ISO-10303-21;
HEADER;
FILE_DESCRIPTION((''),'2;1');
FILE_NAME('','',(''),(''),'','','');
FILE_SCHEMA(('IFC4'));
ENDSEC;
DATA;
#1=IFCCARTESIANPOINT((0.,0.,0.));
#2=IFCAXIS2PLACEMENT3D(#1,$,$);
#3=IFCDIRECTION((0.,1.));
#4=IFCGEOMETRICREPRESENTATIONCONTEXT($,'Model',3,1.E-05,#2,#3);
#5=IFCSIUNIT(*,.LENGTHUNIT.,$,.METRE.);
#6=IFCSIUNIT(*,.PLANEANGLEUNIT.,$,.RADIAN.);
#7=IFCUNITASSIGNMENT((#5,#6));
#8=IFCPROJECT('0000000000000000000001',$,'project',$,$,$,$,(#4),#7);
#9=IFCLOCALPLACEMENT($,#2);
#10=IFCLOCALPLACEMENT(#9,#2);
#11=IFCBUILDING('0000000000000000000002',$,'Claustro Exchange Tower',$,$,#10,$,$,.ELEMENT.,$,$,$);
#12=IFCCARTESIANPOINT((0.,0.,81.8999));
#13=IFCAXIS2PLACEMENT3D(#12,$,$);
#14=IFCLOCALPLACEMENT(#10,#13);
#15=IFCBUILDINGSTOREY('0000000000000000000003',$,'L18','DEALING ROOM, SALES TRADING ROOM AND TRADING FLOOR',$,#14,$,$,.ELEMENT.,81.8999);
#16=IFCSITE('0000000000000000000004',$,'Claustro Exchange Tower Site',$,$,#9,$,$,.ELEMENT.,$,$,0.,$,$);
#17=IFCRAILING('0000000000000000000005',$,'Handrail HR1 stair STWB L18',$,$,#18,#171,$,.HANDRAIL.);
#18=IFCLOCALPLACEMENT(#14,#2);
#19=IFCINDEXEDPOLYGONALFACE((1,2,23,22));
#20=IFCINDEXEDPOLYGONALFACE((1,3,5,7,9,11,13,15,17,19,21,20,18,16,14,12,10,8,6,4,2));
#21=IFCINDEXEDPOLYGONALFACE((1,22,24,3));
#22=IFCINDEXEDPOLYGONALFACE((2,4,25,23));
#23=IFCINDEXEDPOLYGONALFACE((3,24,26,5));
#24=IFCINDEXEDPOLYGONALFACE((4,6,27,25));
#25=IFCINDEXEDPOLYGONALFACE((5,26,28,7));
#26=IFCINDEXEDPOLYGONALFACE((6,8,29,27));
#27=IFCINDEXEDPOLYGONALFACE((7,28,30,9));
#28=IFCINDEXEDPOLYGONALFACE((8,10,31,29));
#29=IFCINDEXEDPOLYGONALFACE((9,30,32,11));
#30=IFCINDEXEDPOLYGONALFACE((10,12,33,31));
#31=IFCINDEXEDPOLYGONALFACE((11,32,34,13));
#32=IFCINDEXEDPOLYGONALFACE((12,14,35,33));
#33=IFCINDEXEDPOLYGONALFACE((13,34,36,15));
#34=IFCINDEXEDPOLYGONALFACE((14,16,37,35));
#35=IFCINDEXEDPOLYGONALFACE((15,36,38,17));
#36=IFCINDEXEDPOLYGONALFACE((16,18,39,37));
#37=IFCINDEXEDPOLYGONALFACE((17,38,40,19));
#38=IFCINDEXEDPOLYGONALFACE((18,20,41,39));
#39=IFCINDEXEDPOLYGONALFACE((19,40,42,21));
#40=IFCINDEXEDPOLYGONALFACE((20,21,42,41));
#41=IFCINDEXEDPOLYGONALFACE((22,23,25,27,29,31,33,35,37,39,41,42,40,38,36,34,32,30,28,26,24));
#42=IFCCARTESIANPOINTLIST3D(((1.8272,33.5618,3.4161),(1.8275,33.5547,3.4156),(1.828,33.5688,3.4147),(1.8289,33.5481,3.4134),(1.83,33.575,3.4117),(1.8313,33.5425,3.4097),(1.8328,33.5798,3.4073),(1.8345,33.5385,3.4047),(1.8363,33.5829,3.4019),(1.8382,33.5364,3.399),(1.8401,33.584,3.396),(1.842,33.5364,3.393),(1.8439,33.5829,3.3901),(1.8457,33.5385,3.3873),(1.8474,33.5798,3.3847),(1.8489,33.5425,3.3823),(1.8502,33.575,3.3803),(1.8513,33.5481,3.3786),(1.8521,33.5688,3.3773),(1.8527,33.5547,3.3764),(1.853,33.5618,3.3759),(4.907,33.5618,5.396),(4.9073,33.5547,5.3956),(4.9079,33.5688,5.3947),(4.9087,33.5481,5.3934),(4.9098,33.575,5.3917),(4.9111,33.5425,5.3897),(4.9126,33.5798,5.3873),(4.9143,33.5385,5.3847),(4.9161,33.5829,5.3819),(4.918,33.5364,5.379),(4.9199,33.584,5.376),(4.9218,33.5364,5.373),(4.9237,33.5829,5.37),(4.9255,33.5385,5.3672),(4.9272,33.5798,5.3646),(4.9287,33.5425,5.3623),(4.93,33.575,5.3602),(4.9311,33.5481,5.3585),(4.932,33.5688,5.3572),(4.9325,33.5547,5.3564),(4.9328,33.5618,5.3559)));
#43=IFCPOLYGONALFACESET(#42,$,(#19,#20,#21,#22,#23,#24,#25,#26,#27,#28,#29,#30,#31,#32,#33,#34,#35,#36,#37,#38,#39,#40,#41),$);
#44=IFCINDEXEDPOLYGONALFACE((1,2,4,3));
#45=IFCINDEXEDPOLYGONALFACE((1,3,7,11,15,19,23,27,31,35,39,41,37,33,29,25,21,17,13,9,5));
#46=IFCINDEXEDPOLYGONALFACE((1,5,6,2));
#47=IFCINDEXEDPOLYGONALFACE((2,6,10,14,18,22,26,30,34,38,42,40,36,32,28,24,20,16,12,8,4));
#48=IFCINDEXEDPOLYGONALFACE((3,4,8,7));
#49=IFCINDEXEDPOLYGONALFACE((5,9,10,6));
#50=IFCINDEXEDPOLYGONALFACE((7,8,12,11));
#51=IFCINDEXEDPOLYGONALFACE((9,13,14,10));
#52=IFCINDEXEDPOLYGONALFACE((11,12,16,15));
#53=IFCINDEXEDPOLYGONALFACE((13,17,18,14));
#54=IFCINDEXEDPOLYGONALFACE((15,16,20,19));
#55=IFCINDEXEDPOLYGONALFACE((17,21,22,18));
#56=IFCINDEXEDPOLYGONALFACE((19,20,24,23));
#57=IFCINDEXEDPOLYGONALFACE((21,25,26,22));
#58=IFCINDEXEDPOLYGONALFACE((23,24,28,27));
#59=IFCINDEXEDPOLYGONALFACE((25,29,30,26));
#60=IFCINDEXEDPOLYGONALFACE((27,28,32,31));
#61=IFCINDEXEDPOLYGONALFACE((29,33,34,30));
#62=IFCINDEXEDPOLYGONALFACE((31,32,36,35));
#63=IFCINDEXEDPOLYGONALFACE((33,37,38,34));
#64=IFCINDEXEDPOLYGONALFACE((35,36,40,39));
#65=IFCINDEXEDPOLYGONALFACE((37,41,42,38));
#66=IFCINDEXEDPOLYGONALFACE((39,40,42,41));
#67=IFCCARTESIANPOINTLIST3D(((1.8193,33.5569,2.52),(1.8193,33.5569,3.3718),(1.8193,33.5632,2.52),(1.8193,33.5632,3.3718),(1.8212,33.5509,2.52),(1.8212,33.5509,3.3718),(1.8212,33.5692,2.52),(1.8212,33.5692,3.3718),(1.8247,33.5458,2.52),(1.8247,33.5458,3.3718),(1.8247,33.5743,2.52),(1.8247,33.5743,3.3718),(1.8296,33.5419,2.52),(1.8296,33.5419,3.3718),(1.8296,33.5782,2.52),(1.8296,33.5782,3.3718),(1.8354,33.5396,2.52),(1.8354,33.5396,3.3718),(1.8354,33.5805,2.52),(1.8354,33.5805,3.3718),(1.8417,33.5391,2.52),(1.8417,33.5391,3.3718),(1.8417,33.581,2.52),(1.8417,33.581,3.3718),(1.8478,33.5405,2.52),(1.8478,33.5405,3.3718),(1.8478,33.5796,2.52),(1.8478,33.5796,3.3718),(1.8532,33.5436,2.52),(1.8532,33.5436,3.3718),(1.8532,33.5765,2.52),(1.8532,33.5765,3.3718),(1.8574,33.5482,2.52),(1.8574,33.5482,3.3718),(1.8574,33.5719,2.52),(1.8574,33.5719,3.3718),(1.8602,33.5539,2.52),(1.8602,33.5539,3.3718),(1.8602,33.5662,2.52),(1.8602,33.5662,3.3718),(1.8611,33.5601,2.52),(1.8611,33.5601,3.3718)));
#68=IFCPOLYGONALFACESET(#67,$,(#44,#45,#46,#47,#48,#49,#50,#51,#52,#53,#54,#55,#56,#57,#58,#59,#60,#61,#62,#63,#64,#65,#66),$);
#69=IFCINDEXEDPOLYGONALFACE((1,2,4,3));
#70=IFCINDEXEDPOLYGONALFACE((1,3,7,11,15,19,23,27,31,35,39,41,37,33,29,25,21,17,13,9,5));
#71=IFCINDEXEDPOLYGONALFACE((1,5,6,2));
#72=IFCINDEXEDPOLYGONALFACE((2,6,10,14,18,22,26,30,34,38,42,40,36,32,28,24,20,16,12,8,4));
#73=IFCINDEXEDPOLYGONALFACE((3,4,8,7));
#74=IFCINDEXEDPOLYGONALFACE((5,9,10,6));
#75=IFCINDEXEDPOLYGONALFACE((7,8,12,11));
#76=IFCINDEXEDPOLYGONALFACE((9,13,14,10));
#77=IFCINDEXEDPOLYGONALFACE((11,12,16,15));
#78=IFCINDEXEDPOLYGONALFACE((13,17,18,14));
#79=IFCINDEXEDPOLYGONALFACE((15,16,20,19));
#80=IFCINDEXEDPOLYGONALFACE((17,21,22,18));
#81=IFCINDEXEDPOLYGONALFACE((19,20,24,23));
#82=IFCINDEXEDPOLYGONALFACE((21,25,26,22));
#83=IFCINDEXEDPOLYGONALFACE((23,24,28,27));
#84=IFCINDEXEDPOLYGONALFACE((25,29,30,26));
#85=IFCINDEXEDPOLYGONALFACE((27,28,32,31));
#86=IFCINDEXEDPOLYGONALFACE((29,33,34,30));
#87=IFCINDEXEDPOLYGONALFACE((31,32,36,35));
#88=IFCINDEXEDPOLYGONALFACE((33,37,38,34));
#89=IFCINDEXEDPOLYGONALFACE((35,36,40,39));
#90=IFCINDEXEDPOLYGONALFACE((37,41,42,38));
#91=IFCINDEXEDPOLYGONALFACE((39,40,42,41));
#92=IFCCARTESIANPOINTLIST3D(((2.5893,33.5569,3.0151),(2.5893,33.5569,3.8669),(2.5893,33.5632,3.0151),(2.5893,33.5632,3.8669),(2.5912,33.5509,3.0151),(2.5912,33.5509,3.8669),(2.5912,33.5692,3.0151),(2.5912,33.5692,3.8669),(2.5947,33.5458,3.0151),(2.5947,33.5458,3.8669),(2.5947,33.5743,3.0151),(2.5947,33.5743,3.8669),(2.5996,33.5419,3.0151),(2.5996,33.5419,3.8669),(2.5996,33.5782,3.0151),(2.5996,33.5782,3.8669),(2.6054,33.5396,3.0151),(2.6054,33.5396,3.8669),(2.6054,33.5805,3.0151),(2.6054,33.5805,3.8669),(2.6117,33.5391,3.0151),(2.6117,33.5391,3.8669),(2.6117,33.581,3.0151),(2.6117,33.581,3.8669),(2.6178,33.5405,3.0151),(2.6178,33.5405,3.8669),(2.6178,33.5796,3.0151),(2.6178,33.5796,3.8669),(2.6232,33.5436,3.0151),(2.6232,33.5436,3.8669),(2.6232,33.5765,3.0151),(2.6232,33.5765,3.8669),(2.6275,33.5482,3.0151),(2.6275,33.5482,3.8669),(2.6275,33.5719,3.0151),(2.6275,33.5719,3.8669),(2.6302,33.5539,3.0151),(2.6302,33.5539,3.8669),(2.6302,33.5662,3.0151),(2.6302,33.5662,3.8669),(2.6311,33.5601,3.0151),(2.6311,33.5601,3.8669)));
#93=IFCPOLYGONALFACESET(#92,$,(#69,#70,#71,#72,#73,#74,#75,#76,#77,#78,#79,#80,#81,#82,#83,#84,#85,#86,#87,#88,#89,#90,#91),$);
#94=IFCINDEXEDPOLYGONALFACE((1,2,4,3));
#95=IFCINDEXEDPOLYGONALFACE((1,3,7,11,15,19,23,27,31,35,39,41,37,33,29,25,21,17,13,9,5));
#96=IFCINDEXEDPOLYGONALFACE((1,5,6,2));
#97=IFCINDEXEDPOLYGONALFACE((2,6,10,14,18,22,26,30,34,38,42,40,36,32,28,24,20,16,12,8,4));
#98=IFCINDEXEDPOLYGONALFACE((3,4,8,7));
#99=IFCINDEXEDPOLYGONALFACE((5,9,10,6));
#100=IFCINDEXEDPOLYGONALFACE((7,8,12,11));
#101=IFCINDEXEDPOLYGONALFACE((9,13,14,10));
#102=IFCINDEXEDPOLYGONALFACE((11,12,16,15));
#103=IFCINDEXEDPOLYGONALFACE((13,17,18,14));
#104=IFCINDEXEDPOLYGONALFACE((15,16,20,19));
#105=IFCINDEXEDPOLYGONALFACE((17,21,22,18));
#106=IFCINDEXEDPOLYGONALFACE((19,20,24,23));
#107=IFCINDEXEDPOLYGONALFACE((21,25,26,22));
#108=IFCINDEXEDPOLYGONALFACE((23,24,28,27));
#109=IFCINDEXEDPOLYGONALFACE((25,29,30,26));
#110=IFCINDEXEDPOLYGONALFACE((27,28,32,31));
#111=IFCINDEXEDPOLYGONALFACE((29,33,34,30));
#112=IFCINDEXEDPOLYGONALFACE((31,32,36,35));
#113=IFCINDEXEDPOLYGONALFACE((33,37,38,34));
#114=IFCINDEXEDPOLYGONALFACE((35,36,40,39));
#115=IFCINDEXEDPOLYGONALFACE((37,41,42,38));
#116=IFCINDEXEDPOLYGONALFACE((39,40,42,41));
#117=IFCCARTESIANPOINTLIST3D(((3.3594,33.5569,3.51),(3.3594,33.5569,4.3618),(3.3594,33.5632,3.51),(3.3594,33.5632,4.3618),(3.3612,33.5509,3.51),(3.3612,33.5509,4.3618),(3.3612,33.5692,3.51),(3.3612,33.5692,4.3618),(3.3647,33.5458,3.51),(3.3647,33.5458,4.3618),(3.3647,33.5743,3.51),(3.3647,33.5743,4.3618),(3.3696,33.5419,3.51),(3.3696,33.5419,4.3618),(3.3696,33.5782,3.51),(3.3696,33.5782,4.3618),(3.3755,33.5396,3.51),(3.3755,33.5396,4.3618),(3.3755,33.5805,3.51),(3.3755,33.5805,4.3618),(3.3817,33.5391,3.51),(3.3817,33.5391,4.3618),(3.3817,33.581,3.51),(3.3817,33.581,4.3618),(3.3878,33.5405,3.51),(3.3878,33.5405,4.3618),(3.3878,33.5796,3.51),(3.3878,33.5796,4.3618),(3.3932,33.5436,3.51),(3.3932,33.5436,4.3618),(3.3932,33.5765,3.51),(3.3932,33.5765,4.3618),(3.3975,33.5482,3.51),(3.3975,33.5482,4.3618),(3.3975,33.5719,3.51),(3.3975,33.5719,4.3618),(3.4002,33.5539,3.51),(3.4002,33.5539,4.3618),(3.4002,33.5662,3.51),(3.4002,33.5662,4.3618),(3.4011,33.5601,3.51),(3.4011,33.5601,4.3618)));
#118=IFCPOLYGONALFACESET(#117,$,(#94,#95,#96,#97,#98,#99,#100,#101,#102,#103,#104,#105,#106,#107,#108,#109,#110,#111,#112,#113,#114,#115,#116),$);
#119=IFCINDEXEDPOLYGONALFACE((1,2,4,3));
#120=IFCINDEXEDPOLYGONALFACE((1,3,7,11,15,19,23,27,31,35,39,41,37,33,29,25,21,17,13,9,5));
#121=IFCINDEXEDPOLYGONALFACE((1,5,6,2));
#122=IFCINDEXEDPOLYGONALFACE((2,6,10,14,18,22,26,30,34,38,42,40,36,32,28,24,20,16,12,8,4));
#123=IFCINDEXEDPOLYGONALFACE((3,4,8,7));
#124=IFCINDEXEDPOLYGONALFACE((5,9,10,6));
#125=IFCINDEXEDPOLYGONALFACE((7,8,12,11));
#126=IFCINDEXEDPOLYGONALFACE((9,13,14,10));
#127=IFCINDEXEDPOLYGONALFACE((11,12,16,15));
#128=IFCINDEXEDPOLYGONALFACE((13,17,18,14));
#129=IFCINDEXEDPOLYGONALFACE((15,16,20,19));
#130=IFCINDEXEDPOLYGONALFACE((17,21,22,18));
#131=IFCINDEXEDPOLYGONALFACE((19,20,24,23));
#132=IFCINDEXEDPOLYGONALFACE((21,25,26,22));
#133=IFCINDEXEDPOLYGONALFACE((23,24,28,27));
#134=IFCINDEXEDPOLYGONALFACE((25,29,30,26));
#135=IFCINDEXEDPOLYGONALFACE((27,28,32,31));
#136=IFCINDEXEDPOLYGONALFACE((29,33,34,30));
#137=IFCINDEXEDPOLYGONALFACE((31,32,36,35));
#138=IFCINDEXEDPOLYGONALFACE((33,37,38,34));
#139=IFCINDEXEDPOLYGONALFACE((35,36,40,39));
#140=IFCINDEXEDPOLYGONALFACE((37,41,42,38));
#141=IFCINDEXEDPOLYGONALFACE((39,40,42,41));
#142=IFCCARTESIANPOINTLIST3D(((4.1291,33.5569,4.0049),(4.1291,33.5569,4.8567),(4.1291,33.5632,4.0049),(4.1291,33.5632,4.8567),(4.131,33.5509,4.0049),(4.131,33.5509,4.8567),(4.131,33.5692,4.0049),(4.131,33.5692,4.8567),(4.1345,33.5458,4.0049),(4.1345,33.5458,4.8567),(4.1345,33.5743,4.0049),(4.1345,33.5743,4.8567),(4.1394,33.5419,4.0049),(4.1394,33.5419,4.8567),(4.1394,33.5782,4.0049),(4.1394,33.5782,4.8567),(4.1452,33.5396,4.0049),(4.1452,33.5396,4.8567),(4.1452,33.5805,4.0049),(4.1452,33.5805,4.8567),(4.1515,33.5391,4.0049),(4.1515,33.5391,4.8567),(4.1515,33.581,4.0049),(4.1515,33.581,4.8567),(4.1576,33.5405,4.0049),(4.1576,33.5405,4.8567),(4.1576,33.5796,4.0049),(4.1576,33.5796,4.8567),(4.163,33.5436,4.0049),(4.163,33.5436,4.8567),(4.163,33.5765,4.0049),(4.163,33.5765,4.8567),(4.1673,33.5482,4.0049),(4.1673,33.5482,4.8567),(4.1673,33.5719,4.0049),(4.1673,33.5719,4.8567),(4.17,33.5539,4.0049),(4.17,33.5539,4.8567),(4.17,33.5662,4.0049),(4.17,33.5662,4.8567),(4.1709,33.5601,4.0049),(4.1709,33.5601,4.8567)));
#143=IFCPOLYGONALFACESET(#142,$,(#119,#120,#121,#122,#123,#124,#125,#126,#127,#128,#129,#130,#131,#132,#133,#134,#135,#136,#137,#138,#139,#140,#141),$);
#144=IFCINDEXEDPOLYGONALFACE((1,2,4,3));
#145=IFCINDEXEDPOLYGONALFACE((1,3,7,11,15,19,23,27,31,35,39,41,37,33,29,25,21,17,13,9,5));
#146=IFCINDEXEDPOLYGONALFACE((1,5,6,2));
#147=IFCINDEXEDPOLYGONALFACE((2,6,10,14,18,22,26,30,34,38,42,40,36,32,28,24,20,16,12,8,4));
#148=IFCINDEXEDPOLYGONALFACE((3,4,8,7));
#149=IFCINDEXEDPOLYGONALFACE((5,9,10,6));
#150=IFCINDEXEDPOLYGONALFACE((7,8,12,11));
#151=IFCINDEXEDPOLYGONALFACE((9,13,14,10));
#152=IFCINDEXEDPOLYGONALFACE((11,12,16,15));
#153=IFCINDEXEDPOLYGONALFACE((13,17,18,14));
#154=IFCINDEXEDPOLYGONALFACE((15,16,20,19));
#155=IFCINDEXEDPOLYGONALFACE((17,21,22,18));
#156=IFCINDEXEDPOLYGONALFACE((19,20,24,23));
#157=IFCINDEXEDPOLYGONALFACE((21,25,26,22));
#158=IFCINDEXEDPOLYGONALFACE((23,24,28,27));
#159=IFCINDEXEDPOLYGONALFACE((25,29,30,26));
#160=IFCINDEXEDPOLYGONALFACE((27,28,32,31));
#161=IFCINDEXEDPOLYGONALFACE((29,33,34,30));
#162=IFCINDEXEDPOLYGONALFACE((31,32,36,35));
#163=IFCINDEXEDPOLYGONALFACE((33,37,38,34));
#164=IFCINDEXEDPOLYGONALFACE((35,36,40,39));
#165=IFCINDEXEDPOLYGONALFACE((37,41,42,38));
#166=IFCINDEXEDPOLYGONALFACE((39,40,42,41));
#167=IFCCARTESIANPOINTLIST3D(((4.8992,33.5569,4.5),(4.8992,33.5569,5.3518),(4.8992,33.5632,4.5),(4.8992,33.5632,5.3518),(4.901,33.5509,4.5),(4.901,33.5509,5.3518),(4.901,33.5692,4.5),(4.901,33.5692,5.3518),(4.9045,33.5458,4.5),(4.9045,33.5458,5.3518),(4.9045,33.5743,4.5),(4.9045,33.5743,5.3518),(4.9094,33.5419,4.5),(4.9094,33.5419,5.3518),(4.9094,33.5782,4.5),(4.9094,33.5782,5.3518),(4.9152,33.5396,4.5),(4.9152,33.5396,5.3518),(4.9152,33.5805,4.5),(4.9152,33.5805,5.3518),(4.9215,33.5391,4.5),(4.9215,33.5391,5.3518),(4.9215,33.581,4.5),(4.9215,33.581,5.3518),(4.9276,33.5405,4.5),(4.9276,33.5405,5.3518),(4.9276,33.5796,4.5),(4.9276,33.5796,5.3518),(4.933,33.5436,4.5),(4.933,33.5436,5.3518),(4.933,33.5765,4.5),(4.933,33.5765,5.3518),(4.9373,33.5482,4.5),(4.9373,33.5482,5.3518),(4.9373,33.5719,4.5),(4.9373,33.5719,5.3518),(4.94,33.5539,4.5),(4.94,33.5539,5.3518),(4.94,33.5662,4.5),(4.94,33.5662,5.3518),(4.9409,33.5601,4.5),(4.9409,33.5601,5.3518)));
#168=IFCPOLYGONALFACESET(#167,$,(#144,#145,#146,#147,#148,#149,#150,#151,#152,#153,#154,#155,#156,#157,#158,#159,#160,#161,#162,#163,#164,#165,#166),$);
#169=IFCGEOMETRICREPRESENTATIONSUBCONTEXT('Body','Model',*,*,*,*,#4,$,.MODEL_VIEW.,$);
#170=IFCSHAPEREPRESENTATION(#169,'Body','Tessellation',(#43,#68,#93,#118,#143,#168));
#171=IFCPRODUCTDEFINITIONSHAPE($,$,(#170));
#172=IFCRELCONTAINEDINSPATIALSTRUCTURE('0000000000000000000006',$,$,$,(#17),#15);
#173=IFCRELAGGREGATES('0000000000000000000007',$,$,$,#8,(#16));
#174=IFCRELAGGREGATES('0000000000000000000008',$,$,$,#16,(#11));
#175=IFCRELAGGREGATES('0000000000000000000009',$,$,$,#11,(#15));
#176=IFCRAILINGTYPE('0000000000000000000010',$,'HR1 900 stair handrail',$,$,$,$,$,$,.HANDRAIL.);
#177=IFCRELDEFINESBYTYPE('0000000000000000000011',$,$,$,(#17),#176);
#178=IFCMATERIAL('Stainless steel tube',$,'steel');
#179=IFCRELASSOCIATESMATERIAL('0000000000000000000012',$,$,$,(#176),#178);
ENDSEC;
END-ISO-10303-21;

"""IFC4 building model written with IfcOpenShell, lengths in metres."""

from ifc_helpers import new_model, si_unit, direction, frame, origin, origin_2d, place, context, subcontext, project, spatial, circle, extrude, material, type_object, element, save


model = new_model("IFC4")

# Units and contexts
model_context = context("Model", 3, precision=1e-05, world=origin(), true_north=direction((0.0, 1.0)))
body_context = subcontext(model_context, "Body", "Model", "MODEL_VIEW")
ifc_project = project(units=[si_unit("LENGTHUNIT", "METRE"), si_unit("PLANEANGLEUNIT", "RADIAN")], contexts=[model_context])

# Site, building, storey
site_placement = place(None, origin())
site = spatial("IfcSite", under=ifc_project, at=site_placement, Name="Claustro Exchange Tower Site", CompositionType="ELEMENT", RefElevation=0.0)
building_placement = place(site_placement, origin())
building = spatial("IfcBuilding", under=site, at=building_placement, Name="Claustro Exchange Tower", CompositionType="ELEMENT")
storey_placement = place(building_placement, frame((0.0, 0.0, 81.8999)))
storey = spatial("IfcBuildingStorey", under=building, at=storey_placement, Name="L18", Description="DEALING ROOM, SALES TRADING ROOM AND TRADING FLOOR", CompositionType="ELEMENT", Elevation=81.8999)

# Railing
ifc_material_1 = material(Name="Stainless steel tube", Category="steel")
railing_type_1 = type_object("IfcRailingType", Name="HR1 900 stair handrail", PredefinedType="HANDRAIL", material=ifc_material_1)
railing_1_placement = place(storey_placement, frame((1.8401, 33.5601, 2.52)))
element("IfcRailing", 1, at=railing_1_placement, inside=storey, type_object=railing_type_1, Name="Handrail HR1 stair STWB L18", PredefinedType="HANDRAIL", context=body_context, shape_type="SweptSolid", body=[
    extrude(circle(Radius=0.0239, at=origin_2d()), frame((0.0, 0.0, 0.876), z_axis=(0.841168, 0.0, 0.540774), x_axis=(0.0, 1.0, 0.0)), (0.0, 0.0, 1.0), 3.6614),
    extrude(circle(Radius=0.021, at=origin_2d()), origin(), (0.0, 0.0, 1.0), 0.8518),
    extrude(circle(Radius=0.021, at=origin_2d()), frame((0.77, 0.0, 0.4951)), (0.0, 0.0, 1.0), 0.8518),
    extrude(circle(Radius=0.021, at=origin_2d()), frame((1.54, 0.0, 0.99)), (0.0, 0.0, 1.0), 0.8518),
    extrude(circle(Radius=0.021, at=origin_2d()), frame((2.3098, 0.0, 1.4849)), (0.0, 0.0, 1.0), 0.8518),
    extrude(circle(Radius=0.021, at=origin_2d()), frame((3.0798, 0.0, 1.98)), (0.0, 0.0, 1.0), 0.8518),
])

save(model, "model.ifc")
